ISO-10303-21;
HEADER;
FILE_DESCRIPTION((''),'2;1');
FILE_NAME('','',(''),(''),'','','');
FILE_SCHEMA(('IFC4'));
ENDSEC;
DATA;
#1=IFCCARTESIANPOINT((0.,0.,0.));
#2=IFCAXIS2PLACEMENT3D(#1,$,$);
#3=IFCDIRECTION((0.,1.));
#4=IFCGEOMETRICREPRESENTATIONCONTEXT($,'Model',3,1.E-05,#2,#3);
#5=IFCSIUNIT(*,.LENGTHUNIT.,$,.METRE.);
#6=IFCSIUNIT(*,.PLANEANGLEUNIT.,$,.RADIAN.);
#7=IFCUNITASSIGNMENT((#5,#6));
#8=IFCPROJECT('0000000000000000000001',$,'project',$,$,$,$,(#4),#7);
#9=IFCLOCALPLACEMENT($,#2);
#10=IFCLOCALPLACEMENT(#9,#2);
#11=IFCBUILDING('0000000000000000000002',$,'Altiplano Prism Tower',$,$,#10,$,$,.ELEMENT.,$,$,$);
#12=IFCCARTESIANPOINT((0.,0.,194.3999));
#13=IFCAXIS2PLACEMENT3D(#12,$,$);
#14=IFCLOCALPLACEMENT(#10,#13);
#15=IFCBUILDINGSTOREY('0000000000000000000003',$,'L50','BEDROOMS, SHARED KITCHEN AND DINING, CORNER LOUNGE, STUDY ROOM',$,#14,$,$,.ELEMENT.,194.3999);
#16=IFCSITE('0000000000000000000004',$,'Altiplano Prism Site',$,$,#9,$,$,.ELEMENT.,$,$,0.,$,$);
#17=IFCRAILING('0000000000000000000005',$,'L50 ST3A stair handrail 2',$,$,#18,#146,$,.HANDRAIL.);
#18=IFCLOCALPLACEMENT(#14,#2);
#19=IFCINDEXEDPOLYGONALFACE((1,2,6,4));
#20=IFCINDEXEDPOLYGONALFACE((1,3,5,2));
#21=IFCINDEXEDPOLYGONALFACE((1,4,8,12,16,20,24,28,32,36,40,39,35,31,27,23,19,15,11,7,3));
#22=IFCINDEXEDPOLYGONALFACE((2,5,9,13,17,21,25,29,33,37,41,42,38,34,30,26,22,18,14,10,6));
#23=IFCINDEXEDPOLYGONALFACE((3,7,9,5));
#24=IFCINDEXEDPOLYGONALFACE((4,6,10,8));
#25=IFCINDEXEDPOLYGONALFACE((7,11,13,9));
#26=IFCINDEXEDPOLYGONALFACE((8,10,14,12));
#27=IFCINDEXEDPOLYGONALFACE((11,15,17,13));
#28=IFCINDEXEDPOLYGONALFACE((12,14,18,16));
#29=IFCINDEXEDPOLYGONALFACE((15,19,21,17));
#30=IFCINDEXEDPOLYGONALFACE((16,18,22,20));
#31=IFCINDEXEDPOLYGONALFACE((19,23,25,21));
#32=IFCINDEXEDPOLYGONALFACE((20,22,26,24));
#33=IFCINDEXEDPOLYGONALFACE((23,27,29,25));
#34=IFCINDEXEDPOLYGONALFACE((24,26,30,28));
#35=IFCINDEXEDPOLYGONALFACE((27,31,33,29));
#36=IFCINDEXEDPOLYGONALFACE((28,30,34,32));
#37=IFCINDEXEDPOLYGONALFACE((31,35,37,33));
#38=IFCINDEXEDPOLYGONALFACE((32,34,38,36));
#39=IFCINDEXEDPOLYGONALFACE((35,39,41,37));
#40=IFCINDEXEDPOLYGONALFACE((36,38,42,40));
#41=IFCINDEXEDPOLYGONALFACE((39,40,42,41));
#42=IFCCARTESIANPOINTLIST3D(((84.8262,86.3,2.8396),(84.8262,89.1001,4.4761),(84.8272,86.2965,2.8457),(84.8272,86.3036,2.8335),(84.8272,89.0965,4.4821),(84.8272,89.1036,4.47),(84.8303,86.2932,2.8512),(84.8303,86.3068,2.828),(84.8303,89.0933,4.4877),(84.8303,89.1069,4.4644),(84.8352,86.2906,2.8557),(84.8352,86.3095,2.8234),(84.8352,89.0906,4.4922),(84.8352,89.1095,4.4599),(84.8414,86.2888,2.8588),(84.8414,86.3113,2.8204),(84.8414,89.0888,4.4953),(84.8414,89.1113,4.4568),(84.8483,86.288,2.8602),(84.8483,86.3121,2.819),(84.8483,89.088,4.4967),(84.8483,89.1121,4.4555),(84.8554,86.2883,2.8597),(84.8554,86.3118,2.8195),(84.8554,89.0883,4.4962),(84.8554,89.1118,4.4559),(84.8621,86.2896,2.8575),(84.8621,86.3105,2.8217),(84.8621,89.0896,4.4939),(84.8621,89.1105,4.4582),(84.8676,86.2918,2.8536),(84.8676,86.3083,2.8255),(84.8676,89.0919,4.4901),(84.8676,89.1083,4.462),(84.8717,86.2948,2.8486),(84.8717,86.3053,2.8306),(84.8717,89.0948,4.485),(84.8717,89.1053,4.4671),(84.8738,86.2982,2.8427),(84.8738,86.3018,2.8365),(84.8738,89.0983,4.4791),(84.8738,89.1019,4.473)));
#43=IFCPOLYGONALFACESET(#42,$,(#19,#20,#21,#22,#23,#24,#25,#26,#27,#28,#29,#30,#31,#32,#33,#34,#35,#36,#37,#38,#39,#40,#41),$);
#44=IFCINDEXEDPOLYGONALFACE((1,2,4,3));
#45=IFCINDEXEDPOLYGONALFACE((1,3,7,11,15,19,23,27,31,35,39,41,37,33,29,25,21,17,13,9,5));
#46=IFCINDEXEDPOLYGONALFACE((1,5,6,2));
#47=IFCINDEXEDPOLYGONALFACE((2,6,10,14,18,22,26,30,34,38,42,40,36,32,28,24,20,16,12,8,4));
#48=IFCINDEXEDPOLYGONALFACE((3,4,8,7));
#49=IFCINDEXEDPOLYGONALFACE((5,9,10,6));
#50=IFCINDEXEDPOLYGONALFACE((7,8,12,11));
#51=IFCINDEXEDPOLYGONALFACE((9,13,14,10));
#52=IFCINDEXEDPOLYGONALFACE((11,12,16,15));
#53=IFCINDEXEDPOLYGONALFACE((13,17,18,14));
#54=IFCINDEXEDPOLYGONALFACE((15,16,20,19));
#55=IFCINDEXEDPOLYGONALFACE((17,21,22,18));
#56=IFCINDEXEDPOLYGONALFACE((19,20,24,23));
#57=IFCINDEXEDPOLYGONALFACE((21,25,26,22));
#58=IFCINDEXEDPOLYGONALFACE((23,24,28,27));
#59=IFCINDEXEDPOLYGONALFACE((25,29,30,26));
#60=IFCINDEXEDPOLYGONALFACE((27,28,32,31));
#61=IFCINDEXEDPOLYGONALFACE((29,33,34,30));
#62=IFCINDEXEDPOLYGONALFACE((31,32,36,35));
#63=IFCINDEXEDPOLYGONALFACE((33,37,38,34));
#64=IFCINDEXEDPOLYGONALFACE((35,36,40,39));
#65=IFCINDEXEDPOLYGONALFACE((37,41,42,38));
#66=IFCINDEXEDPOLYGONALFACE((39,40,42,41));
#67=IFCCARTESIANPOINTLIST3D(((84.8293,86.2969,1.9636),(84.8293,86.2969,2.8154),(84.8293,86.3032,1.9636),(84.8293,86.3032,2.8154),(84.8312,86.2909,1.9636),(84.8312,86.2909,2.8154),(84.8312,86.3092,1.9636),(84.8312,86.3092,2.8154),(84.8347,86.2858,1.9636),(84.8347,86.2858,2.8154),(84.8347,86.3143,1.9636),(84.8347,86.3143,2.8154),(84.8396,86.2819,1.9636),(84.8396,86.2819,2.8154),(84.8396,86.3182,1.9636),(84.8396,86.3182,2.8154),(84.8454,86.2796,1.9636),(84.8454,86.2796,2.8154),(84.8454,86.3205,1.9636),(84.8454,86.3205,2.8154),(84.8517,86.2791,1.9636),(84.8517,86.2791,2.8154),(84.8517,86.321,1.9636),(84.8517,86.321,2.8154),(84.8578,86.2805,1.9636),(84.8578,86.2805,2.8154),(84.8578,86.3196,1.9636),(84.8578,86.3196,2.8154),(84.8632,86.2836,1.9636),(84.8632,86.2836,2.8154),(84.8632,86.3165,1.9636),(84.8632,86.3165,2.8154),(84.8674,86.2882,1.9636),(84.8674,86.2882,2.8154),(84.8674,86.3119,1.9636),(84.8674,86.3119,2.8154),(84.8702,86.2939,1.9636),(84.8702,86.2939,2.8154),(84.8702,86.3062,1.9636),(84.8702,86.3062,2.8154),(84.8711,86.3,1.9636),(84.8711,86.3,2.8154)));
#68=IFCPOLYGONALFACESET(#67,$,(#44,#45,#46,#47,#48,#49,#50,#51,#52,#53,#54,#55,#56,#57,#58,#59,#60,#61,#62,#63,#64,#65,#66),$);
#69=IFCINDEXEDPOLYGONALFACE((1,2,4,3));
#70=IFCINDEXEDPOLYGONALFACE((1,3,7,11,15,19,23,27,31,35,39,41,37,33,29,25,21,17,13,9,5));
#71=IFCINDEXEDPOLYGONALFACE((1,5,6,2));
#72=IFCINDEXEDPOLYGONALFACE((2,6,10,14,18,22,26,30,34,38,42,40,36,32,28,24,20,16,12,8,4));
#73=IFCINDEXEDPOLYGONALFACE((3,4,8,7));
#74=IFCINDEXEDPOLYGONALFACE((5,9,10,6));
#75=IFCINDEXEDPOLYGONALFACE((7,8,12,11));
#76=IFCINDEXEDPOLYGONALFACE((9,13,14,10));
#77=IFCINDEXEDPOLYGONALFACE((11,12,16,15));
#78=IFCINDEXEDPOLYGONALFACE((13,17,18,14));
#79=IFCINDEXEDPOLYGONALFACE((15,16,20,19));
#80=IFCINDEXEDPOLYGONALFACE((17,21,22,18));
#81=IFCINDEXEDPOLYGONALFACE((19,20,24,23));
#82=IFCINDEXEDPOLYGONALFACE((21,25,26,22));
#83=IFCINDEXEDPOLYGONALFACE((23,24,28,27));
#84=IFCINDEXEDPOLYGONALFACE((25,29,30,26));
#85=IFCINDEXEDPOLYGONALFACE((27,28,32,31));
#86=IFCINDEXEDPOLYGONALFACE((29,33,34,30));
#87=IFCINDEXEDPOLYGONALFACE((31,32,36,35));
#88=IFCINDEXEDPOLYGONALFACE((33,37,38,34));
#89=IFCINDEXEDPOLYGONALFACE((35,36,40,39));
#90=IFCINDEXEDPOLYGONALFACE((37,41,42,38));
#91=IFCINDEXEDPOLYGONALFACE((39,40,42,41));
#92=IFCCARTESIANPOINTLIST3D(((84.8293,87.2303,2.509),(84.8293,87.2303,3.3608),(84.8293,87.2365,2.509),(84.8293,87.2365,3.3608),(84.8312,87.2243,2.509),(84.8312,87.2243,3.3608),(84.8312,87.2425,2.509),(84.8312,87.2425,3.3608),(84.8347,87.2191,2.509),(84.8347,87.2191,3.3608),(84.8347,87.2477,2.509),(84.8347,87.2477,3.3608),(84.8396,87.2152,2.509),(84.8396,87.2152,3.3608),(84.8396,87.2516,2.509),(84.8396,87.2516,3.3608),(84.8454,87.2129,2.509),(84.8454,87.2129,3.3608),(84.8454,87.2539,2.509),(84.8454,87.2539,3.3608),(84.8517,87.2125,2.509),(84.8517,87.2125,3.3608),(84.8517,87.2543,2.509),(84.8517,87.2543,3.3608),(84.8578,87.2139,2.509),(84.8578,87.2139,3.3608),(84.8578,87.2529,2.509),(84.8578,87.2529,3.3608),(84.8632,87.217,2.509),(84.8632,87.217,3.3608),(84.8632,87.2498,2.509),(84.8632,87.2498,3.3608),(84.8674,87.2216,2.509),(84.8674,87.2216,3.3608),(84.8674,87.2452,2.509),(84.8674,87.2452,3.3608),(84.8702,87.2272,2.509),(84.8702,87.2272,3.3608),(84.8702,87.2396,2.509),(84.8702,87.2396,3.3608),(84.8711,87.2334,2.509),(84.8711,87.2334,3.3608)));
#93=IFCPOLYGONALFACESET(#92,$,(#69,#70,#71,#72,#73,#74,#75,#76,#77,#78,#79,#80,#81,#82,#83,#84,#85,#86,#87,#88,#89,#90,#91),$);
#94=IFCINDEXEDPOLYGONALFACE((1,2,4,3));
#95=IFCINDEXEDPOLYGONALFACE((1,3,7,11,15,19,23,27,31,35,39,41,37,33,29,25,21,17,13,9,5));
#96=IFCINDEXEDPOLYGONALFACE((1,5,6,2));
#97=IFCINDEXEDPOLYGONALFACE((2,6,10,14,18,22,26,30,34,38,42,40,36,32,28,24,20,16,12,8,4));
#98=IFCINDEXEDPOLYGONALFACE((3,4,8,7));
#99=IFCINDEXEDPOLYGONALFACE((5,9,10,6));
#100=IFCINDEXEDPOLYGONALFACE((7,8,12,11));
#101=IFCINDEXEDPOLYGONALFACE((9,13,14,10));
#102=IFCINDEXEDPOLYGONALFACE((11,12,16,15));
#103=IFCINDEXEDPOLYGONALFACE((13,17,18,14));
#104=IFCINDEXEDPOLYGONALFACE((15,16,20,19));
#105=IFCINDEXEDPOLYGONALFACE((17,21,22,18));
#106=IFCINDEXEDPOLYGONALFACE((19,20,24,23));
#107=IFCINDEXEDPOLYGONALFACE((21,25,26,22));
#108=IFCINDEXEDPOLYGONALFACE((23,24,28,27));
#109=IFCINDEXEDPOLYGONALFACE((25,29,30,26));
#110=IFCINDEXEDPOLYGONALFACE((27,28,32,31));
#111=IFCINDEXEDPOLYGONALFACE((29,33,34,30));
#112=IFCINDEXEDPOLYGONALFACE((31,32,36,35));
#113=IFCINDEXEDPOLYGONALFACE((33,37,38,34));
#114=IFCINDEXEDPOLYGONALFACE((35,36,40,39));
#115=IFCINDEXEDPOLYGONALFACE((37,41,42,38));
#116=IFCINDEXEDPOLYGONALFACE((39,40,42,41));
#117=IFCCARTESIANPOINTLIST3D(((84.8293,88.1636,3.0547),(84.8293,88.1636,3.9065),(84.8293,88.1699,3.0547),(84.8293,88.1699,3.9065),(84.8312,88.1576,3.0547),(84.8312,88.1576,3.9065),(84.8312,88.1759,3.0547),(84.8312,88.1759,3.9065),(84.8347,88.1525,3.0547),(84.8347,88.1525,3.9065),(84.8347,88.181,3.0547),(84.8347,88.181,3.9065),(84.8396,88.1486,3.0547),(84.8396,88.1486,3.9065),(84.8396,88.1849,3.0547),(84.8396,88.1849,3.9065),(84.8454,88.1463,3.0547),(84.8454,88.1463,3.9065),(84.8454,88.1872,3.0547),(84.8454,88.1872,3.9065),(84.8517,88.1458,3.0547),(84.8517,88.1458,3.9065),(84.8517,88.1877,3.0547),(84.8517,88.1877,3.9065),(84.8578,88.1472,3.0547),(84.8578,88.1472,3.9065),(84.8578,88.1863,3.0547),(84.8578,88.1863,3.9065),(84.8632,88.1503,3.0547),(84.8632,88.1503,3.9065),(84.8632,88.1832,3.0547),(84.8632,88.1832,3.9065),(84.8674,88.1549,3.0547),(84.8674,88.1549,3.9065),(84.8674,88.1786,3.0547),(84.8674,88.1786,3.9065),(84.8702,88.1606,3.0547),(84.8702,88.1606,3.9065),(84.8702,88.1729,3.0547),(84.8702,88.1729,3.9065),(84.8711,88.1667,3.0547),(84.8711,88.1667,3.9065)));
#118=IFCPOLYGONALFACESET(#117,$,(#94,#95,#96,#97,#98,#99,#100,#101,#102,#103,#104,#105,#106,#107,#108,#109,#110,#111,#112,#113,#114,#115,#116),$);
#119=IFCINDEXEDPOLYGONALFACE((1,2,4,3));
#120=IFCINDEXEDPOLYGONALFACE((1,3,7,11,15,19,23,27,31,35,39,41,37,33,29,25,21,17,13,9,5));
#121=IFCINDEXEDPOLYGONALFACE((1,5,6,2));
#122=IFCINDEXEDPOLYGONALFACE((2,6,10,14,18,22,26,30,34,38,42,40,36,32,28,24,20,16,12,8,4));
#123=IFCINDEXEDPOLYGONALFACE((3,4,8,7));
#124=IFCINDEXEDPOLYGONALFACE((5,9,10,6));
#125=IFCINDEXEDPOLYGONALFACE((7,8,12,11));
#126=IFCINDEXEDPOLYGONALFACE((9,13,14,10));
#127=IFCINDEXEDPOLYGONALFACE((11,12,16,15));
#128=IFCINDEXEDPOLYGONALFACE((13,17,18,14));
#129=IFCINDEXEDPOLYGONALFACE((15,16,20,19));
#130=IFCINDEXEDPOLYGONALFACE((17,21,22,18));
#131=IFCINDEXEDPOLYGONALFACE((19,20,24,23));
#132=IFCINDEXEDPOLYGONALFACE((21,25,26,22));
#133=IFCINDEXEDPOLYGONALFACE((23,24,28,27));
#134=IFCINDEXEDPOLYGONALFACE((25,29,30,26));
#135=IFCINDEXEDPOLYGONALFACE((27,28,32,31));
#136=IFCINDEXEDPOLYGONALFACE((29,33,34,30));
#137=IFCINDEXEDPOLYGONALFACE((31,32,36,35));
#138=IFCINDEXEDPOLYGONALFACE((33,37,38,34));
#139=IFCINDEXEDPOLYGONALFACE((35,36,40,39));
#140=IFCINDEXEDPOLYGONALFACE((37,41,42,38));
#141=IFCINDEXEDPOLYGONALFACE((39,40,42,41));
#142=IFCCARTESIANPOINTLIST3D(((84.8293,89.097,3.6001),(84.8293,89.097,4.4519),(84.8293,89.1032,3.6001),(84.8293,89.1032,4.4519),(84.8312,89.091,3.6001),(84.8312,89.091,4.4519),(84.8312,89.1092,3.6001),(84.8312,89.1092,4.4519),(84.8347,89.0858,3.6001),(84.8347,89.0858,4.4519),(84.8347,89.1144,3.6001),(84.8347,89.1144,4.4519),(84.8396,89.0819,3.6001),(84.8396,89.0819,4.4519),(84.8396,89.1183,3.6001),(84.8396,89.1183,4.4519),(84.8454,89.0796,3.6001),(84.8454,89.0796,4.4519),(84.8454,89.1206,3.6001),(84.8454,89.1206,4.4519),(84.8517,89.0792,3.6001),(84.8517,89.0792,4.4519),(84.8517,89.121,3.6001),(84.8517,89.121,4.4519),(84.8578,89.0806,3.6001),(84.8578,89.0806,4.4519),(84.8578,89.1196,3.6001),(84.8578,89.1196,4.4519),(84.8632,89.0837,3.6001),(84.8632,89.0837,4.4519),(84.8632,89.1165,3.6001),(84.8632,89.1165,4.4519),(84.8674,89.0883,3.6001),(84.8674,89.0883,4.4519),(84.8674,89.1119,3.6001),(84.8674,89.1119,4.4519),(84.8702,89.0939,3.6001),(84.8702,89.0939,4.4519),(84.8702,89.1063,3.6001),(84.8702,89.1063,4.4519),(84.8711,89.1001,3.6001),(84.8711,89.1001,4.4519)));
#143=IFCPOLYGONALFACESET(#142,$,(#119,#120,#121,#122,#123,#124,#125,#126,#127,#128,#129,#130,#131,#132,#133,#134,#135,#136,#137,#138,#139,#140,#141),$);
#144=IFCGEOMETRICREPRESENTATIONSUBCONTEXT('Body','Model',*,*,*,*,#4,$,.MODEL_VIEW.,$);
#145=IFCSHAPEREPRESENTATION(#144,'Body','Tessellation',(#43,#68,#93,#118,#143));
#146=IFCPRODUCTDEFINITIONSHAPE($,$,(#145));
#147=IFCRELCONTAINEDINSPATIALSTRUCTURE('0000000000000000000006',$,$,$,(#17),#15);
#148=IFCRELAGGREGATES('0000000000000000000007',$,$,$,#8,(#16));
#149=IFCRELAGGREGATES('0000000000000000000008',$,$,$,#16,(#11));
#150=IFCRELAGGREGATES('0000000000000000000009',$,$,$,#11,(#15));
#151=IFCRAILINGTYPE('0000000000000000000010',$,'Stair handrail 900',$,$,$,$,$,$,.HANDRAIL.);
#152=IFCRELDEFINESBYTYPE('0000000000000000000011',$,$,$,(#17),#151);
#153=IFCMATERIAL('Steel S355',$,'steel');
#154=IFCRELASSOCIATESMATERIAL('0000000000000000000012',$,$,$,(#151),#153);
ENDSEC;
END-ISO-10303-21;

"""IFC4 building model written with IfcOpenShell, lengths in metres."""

from ifc_helpers import new_model, si_unit, direction, frame, origin, origin_2d, place, context, subcontext, project, spatial, circle, extrude, material, type_object, element, save


model = new_model("IFC4")

# Units and contexts
model_context = context("Model", 3, precision=1e-05, world=origin(), true_north=direction((0.0, 1.0)))
body_context = subcontext(model_context, "Body", "Model", "MODEL_VIEW")
ifc_project = project(units=[si_unit("LENGTHUNIT", "METRE"), si_unit("PLANEANGLEUNIT", "RADIAN")], contexts=[model_context])

# Site, building, storey
site_placement = place(None, origin())
site = spatial("IfcSite", under=ifc_project, at=site_placement, Name="Altiplano Prism Site", CompositionType="ELEMENT", RefElevation=0.0)
building_placement = place(site_placement, origin())
building = spatial("IfcBuilding", under=site, at=building_placement, Name="Altiplano Prism Tower", CompositionType="ELEMENT")
storey_placement = place(building_placement, frame((0.0, 0.0, 194.3999)))
storey = spatial("IfcBuildingStorey", under=building, at=storey_placement, Name="L50", Description="BEDROOMS, SHARED KITCHEN AND DINING, CORNER LOUNGE, STUDY ROOM", CompositionType="ELEMENT", Elevation=194.3999)

# Railing
ifc_material_1 = material(Name="Steel S355", Category="steel")
railing_type_1 = type_object("IfcRailingType", Name="Stair handrail 900", PredefinedType="HANDRAIL", material=ifc_material_1)
railing_1_placement = place(storey_placement, frame((84.8501, 86.3, 1.9636)))
element("IfcRailing", 1, at=railing_1_placement, inside=storey, type_object=railing_type_1, Name="L50 ST3A stair handrail 2", PredefinedType="HANDRAIL", context=body_context, shape_type="SweptSolid", body=[
    extrude(circle(Radius=0.0239, at=origin_2d()), frame((0.0, 0.0, 0.876), z_axis=(0.0, 0.863361, 0.504587), x_axis=(-1.0, 0.0, 0.0)), (0.0, 0.0, 1.0), 3.2432),
    extrude(circle(Radius=0.021, at=origin_2d()), origin(), (0.0, 0.0, 1.0), 0.8518),
    extrude(circle(Radius=0.021, at=origin_2d()), frame((0.0, 0.9333, 0.5454)), (0.0, 0.0, 1.0), 0.8518),
    extrude(circle(Radius=0.021, at=origin_2d()), frame((0.0, 1.8667, 1.0911)), (0.0, 0.0, 1.0), 0.8518),
    extrude(circle(Radius=0.021, at=origin_2d()), frame((0.0, 2.8, 1.6365)), (0.0, 0.0, 1.0), 0.8518),
])

save(model, "model.ifc")
